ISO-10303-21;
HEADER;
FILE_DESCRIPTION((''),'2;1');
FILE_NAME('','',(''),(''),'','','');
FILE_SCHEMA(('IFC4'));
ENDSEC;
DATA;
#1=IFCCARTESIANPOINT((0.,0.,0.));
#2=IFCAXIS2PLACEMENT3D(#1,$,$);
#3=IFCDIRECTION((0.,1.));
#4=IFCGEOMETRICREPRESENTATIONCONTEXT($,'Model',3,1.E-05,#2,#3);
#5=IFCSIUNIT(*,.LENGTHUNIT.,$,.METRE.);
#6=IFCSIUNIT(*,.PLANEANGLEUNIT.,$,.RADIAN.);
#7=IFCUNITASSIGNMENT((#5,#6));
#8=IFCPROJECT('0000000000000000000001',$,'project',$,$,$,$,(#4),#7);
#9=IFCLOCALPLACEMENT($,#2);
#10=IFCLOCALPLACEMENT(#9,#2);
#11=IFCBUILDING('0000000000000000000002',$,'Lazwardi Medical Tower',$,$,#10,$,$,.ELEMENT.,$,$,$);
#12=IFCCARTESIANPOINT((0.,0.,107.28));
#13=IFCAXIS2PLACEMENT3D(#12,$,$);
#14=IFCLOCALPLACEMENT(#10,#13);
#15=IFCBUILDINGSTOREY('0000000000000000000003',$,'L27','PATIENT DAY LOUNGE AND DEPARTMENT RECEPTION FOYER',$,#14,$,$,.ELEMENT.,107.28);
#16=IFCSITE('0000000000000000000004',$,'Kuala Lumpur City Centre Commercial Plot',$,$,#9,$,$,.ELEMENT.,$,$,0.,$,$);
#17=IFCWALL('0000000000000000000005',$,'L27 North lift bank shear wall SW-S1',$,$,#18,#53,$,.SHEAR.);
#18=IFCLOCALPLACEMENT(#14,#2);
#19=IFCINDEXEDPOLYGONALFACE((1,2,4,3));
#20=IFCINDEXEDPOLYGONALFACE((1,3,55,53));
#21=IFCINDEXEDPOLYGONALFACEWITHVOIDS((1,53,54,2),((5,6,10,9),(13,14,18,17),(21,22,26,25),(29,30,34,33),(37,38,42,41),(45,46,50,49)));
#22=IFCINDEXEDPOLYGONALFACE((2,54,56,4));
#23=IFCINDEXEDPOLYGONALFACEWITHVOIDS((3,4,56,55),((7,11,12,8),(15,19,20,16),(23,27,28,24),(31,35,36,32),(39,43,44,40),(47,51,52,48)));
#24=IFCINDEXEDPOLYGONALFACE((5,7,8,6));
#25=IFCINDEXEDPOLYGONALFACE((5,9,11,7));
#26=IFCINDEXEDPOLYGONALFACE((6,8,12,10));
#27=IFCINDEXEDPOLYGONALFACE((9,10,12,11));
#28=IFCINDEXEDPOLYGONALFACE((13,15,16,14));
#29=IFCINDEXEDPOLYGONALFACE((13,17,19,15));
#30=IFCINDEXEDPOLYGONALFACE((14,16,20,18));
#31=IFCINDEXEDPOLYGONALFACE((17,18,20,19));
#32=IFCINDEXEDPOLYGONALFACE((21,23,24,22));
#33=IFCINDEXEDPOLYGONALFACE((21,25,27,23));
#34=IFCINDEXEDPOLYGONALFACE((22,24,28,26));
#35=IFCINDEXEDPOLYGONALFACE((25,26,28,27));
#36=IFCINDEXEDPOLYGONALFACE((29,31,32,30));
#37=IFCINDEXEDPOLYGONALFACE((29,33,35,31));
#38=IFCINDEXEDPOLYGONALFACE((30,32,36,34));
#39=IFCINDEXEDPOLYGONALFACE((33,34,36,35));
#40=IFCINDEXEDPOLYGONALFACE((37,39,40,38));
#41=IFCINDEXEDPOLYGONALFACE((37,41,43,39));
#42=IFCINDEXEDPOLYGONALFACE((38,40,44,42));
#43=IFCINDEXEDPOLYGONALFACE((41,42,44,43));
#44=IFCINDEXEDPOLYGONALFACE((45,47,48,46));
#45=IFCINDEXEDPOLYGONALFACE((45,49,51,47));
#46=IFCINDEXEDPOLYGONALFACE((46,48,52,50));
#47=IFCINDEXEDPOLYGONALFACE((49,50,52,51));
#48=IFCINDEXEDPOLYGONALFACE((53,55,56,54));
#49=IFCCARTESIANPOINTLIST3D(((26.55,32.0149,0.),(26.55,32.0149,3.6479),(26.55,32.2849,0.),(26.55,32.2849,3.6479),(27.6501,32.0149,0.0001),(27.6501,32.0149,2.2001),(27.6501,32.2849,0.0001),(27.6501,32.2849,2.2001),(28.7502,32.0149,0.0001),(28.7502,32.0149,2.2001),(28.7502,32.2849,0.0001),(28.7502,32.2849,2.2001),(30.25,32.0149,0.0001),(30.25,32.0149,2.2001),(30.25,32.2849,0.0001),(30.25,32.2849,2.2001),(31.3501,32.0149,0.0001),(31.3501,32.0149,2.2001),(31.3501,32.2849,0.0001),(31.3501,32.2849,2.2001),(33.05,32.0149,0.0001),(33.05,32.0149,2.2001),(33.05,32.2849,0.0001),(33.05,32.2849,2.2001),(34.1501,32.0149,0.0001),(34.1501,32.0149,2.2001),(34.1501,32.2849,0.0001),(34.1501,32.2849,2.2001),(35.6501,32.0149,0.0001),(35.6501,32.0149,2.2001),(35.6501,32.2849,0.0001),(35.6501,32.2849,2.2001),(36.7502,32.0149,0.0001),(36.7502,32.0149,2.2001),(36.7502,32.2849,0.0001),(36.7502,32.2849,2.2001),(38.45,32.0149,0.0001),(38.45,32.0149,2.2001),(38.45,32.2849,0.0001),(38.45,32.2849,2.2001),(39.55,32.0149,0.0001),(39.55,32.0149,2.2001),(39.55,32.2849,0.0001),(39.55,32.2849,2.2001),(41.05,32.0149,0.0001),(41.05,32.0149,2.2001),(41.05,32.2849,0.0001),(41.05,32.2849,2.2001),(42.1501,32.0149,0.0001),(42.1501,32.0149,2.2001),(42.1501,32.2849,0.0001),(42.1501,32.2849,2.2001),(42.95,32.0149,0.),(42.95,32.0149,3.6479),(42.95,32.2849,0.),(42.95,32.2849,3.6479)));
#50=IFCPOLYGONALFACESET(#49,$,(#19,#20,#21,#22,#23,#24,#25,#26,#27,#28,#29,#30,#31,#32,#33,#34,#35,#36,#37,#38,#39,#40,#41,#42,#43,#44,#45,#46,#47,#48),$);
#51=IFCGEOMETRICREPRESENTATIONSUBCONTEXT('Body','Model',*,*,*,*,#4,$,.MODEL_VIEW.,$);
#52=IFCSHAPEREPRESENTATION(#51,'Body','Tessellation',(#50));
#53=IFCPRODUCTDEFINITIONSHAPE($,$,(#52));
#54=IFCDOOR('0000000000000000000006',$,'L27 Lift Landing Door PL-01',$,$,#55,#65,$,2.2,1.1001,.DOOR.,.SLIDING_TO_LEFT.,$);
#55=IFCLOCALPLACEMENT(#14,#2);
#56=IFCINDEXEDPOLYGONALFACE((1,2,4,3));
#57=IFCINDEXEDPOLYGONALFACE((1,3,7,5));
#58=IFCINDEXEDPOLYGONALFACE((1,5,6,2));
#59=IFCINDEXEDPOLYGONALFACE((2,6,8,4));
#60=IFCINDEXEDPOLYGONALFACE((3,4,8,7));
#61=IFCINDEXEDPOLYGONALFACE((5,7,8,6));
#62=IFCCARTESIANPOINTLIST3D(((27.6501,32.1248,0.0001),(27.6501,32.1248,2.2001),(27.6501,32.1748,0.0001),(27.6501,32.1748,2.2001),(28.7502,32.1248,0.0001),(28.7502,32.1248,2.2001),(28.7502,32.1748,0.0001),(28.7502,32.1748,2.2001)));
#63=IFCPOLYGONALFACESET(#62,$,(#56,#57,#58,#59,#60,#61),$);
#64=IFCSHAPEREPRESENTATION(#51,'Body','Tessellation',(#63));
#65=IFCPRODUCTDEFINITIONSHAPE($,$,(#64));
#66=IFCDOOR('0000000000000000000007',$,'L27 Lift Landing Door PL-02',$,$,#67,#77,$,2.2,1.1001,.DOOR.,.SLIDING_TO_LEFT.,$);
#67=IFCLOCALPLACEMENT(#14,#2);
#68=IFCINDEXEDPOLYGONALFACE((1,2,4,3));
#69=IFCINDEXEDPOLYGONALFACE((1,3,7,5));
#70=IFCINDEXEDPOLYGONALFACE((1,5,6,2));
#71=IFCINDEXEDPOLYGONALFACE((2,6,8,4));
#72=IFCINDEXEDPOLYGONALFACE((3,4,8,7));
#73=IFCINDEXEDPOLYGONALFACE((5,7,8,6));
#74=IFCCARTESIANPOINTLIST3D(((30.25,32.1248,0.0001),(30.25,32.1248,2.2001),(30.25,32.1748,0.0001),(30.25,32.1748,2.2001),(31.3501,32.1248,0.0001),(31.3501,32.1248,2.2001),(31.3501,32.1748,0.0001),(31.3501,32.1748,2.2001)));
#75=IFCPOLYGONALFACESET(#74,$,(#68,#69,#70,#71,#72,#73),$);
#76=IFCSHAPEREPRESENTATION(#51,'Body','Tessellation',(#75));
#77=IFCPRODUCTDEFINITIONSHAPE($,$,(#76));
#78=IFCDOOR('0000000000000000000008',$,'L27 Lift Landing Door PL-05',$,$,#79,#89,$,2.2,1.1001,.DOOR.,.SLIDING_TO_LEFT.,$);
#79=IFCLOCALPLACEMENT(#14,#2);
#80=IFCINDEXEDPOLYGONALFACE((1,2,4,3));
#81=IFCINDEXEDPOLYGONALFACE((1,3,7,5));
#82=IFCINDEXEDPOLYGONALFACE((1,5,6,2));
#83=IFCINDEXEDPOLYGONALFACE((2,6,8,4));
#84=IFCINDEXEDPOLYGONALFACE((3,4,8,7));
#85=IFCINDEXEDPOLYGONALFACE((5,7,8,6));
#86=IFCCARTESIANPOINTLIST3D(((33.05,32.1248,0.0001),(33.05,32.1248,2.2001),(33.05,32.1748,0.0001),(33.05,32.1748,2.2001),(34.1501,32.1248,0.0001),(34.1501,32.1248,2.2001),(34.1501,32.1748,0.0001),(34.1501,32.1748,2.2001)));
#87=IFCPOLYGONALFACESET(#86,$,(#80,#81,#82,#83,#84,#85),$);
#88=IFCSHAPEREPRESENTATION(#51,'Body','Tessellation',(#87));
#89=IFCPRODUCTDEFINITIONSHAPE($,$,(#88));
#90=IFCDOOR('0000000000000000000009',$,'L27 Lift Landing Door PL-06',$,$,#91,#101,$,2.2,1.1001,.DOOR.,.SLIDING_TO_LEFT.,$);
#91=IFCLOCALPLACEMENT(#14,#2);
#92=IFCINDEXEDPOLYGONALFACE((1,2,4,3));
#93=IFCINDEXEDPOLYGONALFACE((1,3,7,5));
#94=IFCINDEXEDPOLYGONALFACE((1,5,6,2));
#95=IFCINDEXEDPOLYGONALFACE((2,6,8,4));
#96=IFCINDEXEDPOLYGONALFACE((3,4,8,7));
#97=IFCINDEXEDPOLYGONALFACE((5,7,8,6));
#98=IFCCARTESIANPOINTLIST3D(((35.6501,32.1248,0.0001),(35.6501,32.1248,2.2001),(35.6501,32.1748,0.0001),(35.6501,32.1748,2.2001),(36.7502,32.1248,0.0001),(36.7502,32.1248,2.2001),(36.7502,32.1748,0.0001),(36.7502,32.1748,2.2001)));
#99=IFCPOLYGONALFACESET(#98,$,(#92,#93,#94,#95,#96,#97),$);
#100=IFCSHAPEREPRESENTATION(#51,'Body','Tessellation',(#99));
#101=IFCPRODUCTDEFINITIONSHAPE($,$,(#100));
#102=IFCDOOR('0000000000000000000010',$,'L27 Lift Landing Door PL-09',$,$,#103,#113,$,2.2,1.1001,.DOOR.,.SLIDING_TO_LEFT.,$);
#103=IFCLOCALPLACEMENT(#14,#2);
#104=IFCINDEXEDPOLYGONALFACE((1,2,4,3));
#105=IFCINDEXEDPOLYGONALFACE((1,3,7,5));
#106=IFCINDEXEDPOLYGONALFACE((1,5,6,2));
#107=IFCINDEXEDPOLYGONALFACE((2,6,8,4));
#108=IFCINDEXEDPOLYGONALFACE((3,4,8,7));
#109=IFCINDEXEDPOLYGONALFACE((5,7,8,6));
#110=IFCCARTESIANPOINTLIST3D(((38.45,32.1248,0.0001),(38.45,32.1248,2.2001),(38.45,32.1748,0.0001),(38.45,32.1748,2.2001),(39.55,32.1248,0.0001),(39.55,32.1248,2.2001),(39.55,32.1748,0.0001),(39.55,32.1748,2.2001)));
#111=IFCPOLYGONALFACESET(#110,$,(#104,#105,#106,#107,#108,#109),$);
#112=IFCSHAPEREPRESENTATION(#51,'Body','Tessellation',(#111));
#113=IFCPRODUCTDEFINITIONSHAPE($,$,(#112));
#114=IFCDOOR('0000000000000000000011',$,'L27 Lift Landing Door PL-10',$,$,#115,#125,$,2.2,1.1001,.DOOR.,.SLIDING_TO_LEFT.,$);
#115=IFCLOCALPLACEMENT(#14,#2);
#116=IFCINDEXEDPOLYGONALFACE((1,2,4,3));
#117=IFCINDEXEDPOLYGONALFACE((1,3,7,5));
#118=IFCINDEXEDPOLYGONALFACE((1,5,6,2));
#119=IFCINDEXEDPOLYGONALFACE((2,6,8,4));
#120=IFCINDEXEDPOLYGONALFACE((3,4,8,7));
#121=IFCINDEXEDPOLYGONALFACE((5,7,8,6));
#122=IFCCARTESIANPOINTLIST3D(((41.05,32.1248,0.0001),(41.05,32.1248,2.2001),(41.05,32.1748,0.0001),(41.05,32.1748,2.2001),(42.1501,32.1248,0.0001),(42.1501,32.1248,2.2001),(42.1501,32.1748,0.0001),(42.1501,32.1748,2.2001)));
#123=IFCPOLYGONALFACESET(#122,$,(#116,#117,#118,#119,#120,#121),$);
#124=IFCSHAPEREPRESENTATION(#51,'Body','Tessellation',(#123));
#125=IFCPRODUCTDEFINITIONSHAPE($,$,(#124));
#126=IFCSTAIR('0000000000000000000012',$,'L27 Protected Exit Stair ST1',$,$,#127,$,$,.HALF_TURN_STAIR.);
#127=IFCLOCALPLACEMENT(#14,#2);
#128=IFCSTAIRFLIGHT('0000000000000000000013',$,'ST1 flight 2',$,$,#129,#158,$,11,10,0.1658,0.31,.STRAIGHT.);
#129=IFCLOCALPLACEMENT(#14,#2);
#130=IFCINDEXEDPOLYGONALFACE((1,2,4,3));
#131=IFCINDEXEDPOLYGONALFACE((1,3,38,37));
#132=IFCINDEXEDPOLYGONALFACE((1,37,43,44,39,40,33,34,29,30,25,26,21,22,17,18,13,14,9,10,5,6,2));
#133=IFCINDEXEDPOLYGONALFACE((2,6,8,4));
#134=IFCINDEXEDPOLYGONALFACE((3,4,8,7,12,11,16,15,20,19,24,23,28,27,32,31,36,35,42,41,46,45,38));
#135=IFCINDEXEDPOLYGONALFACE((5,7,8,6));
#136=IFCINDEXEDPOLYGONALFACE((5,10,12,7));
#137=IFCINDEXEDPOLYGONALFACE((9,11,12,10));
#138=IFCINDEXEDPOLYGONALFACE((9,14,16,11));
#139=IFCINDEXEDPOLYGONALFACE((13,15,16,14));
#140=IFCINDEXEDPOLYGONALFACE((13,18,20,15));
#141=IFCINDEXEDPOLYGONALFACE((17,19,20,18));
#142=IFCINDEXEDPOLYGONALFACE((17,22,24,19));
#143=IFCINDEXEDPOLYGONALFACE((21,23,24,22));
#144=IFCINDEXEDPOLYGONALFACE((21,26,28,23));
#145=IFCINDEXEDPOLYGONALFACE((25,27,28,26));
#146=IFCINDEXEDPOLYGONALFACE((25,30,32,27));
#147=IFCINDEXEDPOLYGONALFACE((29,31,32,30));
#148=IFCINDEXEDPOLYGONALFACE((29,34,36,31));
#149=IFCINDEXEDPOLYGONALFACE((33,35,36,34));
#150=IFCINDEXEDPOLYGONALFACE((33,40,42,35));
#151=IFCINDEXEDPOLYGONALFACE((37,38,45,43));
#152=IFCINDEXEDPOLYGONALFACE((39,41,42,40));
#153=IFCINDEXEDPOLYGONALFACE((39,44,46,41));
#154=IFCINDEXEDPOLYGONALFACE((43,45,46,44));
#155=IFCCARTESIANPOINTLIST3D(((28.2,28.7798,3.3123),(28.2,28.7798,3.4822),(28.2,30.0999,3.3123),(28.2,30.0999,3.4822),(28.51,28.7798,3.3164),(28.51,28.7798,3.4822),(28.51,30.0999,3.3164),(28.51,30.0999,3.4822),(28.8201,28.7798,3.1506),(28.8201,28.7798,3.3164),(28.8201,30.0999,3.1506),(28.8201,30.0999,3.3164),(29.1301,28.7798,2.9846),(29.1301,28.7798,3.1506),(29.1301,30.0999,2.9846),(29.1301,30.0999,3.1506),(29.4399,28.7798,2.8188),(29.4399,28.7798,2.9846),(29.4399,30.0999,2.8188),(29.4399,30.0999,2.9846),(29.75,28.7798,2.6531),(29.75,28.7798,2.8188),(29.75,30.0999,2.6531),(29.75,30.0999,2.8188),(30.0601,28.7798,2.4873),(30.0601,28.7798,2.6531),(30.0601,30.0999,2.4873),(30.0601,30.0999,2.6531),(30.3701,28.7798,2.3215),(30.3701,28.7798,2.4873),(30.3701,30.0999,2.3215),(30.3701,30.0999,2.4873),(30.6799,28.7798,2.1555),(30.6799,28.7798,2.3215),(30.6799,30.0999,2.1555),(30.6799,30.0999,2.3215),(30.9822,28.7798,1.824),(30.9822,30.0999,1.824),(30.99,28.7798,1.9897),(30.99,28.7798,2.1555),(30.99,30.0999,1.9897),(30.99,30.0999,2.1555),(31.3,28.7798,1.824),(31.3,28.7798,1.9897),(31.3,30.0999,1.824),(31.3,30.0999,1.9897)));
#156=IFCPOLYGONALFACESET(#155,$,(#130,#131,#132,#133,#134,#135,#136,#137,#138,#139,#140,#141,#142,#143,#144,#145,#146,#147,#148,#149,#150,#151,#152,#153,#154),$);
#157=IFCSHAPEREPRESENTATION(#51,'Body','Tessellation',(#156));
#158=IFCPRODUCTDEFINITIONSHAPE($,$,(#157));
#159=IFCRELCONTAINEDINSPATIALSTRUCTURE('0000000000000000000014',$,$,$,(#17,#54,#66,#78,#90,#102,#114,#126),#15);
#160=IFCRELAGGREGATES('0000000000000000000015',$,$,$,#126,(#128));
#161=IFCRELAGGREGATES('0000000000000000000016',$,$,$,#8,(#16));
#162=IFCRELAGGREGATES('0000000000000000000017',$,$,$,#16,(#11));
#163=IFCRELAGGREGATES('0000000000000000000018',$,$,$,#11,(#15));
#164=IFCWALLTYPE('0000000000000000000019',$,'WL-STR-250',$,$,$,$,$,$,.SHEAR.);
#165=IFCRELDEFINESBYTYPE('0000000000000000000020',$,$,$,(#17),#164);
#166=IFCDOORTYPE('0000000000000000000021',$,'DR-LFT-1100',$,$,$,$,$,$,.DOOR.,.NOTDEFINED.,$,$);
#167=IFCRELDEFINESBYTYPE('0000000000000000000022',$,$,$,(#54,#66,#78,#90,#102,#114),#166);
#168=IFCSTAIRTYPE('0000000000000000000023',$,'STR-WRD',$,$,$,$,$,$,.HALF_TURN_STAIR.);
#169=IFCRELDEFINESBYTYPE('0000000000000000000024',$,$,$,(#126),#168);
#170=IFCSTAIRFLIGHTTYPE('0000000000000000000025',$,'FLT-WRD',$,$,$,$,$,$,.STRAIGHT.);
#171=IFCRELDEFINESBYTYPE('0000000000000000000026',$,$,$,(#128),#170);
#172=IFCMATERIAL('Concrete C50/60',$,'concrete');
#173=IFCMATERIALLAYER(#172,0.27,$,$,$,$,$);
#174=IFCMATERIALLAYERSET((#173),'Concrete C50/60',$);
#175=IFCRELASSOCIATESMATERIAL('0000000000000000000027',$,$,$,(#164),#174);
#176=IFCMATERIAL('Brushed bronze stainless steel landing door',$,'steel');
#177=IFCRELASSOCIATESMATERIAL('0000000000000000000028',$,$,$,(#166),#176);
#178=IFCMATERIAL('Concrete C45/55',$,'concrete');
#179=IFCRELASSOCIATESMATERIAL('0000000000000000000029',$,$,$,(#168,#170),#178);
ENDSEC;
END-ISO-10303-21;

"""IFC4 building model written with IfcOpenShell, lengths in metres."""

from ifc_helpers import new_model, si_unit, direction, frame, frame_2d, origin, place, context, subcontext, project, spatial, polyline, rectangle, outline, extrude, material, layer, layer_set, type_object, element, fill, aggregate, save


model = new_model("IFC4")

# Units and contexts
model_context = context("Model", 3, precision=1e-05, world=origin(), true_north=direction((0.0, 1.0)))
body_context = subcontext(model_context, "Body", "Model", "MODEL_VIEW")
ifc_project = project(units=[si_unit("LENGTHUNIT", "METRE"), si_unit("PLANEANGLEUNIT", "RADIAN")], contexts=[model_context])

# Site, building, storey
site_placement = place(None, origin())
site = spatial("IfcSite", under=ifc_project, at=site_placement, Name="Kuala Lumpur City Centre Commercial Plot", CompositionType="ELEMENT", RefElevation=0.0)
building_placement = place(site_placement, origin())
building = spatial("IfcBuilding", under=site, at=building_placement, Name="Lazwardi Medical Tower", CompositionType="ELEMENT")
storey_placement = place(building_placement, frame((0.0, 0.0, 107.28)))
storey = spatial("IfcBuildingStorey", under=building, at=storey_placement, Name="L27", Description="PATIENT DAY LOUNGE AND DEPARTMENT RECEPTION FOYER", CompositionType="ELEMENT", Elevation=107.28)

# Shared definitions
ifc_material_1 = material(Name="Concrete C50/60", Category="concrete")
ifc_layer_1 = layer(ifc_material_1, 0.27)
ifc_layer_set_1 = layer_set([ifc_layer_1], Name="Concrete C50/60")
wall_type_1 = type_object("IfcWallType", Name="WL-STR-250", PredefinedType="SHEAR", material=ifc_layer_set_1)

# Wall, openings, doors
wall_1_placement = place(storey_placement, frame((26.55, 32.1499, 0.0), z_axis=(0.0, 0.0, 1.0), x_axis=(1.0, 0.0, 0.0)))
wall_1 = element("IfcWall", 1, at=wall_1_placement, inside=storey, type_object=wall_type_1, Name="L27 North lift bank shear wall SW-S1", PredefinedType="SHEAR", context=body_context, shape_type="SweptSolid", body=[
    extrude(rectangle(XDim=16.3999, YDim=0.27, at=frame_2d((8.2, 0.0))), origin(), (0.0, 0.0, 1.0), 3.6479),
])
opening_1_placement = place(wall_1_placement, frame((1.1001, 0.0, 0.0)))
opening_1 = element("IfcOpeningElement", 2, at=opening_1_placement, cuts=wall_1, PredefinedType="OPENING", context=body_context, shape_type="SweptSolid", body=[
    extrude(rectangle(XDim=1.1001, YDim=2.2, at=frame_2d((0.55, 1.1001))), frame((0.0, 0.145, 0.0), z_axis=(0.0, -1.0, 0.0), x_axis=(1.0, 0.0, 0.0)), (0.0, 0.0, 1.0), 0.29),
])
opening_2_placement = place(wall_1_placement, frame((3.7, 0.0, 0.0)))
opening_2 = element("IfcOpeningElement", 3, at=opening_2_placement, cuts=wall_1, PredefinedType="OPENING", context=body_context, shape_type="SweptSolid", body=[
    extrude(rectangle(XDim=1.1001, YDim=2.2, at=frame_2d((0.55, 1.1001))), frame((0.0, 0.145, 0.0), z_axis=(0.0, -1.0, 0.0), x_axis=(1.0, 0.0, 0.0)), (0.0, 0.0, 1.0), 0.29),
])
opening_3_placement = place(wall_1_placement, frame((6.5, 0.0, 0.0)))
opening_3 = element("IfcOpeningElement", 4, at=opening_3_placement, cuts=wall_1, PredefinedType="OPENING", context=body_context, shape_type="SweptSolid", body=[
    extrude(rectangle(XDim=1.1001, YDim=2.2, at=frame_2d((0.55, 1.1001))), frame((0.0, 0.145, 0.0), z_axis=(0.0, -1.0, 0.0), x_axis=(1.0, 0.0, 0.0)), (0.0, 0.0, 1.0), 0.29),
])
opening_4_placement = place(wall_1_placement, frame((9.1001, 0.0, 0.0)))
opening_4 = element("IfcOpeningElement", 5, at=opening_4_placement, cuts=wall_1, PredefinedType="OPENING", context=body_context, shape_type="SweptSolid", body=[
    extrude(rectangle(XDim=1.1001, YDim=2.2, at=frame_2d((0.55, 1.1001))), frame((0.0, 0.145, 0.0), z_axis=(0.0, -1.0, 0.0), x_axis=(1.0, 0.0, 0.0)), (0.0, 0.0, 1.0), 0.29),
])
opening_5_placement = place(wall_1_placement, frame((11.8999, 0.0, 0.0)))
opening_5 = element("IfcOpeningElement", 6, at=opening_5_placement, cuts=wall_1, PredefinedType="OPENING", context=body_context, shape_type="SweptSolid", body=[
    extrude(rectangle(XDim=1.1001, YDim=2.2, at=frame_2d((0.55, 1.1001))), frame((0.0, 0.145, 0.0), z_axis=(0.0, -1.0, 0.0), x_axis=(1.0, 0.0, 0.0)), (0.0, 0.0, 1.0), 0.29),
])
opening_6_placement = place(wall_1_placement, frame((14.5, 0.0, 0.0)))
opening_6 = element("IfcOpeningElement", 7, at=opening_6_placement, cuts=wall_1, PredefinedType="OPENING", context=body_context, shape_type="SweptSolid", body=[
    extrude(rectangle(XDim=1.1001, YDim=2.2, at=frame_2d((0.55, 1.1001))), frame((0.0, 0.145, 0.0), z_axis=(0.0, -1.0, 0.0), x_axis=(1.0, 0.0, 0.0)), (0.0, 0.0, 1.0), 0.29),
])
ifc_material_2 = material(Name="Brushed bronze stainless steel landing door", Category="steel")
door_type_1 = type_object("IfcDoorType", Name="DR-LFT-1100", OperationType="NOTDEFINED", PredefinedType="DOOR", material=ifc_material_2)
door_1_placement = place(opening_1_placement, origin())
door_1 = element("IfcDoor", 8, at=door_1_placement, inside=storey, type_object=door_type_1, Name="L27 Lift Landing Door PL-01", OperationType="SLIDING_TO_LEFT", OverallHeight=2.2, OverallWidth=1.1001, PredefinedType="DOOR", context=body_context, shape_type="SweptSolid", body=[
    extrude(rectangle(XDim=1.1001, YDim=2.2, at=frame_2d((0.55, 1.1001))), frame((0.0, 0.0249, 0.0), z_axis=(0.0, -1.0, 0.0), x_axis=(1.0, 0.0, 0.0)), (0.0, 0.0, 1.0), 0.05),
])
fill(opening_1, door_1)
door_2_placement = place(opening_2_placement, origin())
door_2 = element("IfcDoor", 9, at=door_2_placement, inside=storey, type_object=door_type_1, Name="L27 Lift Landing Door PL-02", OperationType="SLIDING_TO_LEFT", OverallHeight=2.2, OverallWidth=1.1001, PredefinedType="DOOR", context=body_context, shape_type="SweptSolid", body=[
    extrude(rectangle(XDim=1.1001, YDim=2.2, at=frame_2d((0.55, 1.1001))), frame((0.0, 0.0249, 0.0), z_axis=(0.0, -1.0, 0.0), x_axis=(1.0, 0.0, 0.0)), (0.0, 0.0, 1.0), 0.05),
])
fill(opening_2, door_2)
door_3_placement = place(opening_3_placement, origin())
door_3 = element("IfcDoor", 10, at=door_3_placement, inside=storey, type_object=door_type_1, Name="L27 Lift Landing Door PL-05", OperationType="SLIDING_TO_LEFT", OverallHeight=2.2, OverallWidth=1.1001, PredefinedType="DOOR", context=body_context, shape_type="SweptSolid", body=[
    extrude(rectangle(XDim=1.1001, YDim=2.2, at=frame_2d((0.55, 1.1001))), frame((0.0, 0.0249, 0.0), z_axis=(0.0, -1.0, 0.0), x_axis=(1.0, 0.0, 0.0)), (0.0, 0.0, 1.0), 0.05),
])
fill(opening_3, door_3)
door_4_placement = place(opening_4_placement, origin())
door_4 = element("IfcDoor", 11, at=door_4_placement, inside=storey, type_object=door_type_1, Name="L27 Lift Landing Door PL-06", OperationType="SLIDING_TO_LEFT", OverallHeight=2.2, OverallWidth=1.1001, PredefinedType="DOOR", context=body_context, shape_type="SweptSolid", body=[
    extrude(rectangle(XDim=1.1001, YDim=2.2, at=frame_2d((0.55, 1.1001))), frame((0.0, 0.0249, 0.0), z_axis=(0.0, -1.0, 0.0), x_axis=(1.0, 0.0, 0.0)), (0.0, 0.0, 1.0), 0.05),
])
fill(opening_4, door_4)
door_5_placement = place(opening_5_placement, origin())
door_5 = element("IfcDoor", 12, at=door_5_placement, inside=storey, type_object=door_type_1, Name="L27 Lift Landing Door PL-09", OperationType="SLIDING_TO_LEFT", OverallHeight=2.2, OverallWidth=1.1001, PredefinedType="DOOR", context=body_context, shape_type="SweptSolid", body=[
    extrude(rectangle(XDim=1.1001, YDim=2.2, at=frame_2d((0.55, 1.1001))), frame((0.0, 0.0249, 0.0), z_axis=(0.0, -1.0, 0.0), x_axis=(1.0, 0.0, 0.0)), (0.0, 0.0, 1.0), 0.05),
])
fill(opening_5, door_5)
door_6_placement = place(opening_6_placement, origin())
door_6 = element("IfcDoor", 13, at=door_6_placement, inside=storey, type_object=door_type_1, Name="L27 Lift Landing Door PL-10", OperationType="SLIDING_TO_LEFT", OverallHeight=2.2, OverallWidth=1.1001, PredefinedType="DOOR", context=body_context, shape_type="SweptSolid", body=[
    extrude(rectangle(XDim=1.1001, YDim=2.2, at=frame_2d((0.55, 1.1001))), frame((0.0, 0.0249, 0.0), z_axis=(0.0, -1.0, 0.0), x_axis=(1.0, 0.0, 0.0)), (0.0, 0.0, 1.0), 0.05),
])
fill(opening_6, door_6)

# Stair, stair flight
ifc_material_3 = material(Name="Concrete C45/55", Category="concrete")
stair_type = type_object("IfcStairType", Name="STR-WRD", PredefinedType="HALF_TURN_STAIR", material=ifc_material_3)
stair_placement = place(storey_placement, origin())
stair = element("IfcStair", 14, at=stair_placement, inside=storey, type_object=stair_type, Name="L27 Protected Exit Stair ST1", PredefinedType="HALF_TURN_STAIR")
stair_flight_type = type_object("IfcStairFlightType", Name="FLT-WRD", PredefinedType="STRAIGHT", material=ifc_material_3)
stair_flight_placement = place(storey_placement, frame((31.3, 29.4399, 1.824), z_axis=(0.0, 0.0, 1.0), x_axis=(-1.0, 0.0, 0.0)))
stair_flight = element("IfcStairFlight", 15, at=stair_flight_placement, type_object=stair_flight_type, Name="ST1 flight 2", NumberOfRisers=11, NumberOfTreads=10, PredefinedType="STRAIGHT", RiserHeight=0.1658, TreadLength=0.31, context=body_context, shape_type="SweptSolid", body=[
    extrude(outline(polyline([(0.0, 0.0), (0.0, 0.1658), (0.3101, 0.1658), (0.3101, 0.3315), (0.6201, 0.3315), (0.6201, 0.4976), (0.9299, 0.4976), (0.9299, 0.6633), (1.24, 0.6633), (1.24, 0.8291), (1.55, 0.8291), (1.55, 0.9949), (1.8601, 0.9949), (1.8601, 1.1606), (2.1699, 1.1606), (2.1699, 1.3267), (2.48, 1.3267), (2.48, 1.4924), (2.79, 1.4924), (2.79, 1.6582), (3.1001, 1.6582), (3.1001, 1.824), (3.1001, 1.4883), (0.3179, 0.0), (0.0, 0.0)])), frame((0.0, 0.6602, 0.0), z_axis=(0.0, -1.0, 0.0), x_axis=(1.0, 0.0, 0.0)), (0.0, 0.0, 1.0), 1.3201),
])
aggregate(stair, [stair_flight])

save(model, "model.ifc")
